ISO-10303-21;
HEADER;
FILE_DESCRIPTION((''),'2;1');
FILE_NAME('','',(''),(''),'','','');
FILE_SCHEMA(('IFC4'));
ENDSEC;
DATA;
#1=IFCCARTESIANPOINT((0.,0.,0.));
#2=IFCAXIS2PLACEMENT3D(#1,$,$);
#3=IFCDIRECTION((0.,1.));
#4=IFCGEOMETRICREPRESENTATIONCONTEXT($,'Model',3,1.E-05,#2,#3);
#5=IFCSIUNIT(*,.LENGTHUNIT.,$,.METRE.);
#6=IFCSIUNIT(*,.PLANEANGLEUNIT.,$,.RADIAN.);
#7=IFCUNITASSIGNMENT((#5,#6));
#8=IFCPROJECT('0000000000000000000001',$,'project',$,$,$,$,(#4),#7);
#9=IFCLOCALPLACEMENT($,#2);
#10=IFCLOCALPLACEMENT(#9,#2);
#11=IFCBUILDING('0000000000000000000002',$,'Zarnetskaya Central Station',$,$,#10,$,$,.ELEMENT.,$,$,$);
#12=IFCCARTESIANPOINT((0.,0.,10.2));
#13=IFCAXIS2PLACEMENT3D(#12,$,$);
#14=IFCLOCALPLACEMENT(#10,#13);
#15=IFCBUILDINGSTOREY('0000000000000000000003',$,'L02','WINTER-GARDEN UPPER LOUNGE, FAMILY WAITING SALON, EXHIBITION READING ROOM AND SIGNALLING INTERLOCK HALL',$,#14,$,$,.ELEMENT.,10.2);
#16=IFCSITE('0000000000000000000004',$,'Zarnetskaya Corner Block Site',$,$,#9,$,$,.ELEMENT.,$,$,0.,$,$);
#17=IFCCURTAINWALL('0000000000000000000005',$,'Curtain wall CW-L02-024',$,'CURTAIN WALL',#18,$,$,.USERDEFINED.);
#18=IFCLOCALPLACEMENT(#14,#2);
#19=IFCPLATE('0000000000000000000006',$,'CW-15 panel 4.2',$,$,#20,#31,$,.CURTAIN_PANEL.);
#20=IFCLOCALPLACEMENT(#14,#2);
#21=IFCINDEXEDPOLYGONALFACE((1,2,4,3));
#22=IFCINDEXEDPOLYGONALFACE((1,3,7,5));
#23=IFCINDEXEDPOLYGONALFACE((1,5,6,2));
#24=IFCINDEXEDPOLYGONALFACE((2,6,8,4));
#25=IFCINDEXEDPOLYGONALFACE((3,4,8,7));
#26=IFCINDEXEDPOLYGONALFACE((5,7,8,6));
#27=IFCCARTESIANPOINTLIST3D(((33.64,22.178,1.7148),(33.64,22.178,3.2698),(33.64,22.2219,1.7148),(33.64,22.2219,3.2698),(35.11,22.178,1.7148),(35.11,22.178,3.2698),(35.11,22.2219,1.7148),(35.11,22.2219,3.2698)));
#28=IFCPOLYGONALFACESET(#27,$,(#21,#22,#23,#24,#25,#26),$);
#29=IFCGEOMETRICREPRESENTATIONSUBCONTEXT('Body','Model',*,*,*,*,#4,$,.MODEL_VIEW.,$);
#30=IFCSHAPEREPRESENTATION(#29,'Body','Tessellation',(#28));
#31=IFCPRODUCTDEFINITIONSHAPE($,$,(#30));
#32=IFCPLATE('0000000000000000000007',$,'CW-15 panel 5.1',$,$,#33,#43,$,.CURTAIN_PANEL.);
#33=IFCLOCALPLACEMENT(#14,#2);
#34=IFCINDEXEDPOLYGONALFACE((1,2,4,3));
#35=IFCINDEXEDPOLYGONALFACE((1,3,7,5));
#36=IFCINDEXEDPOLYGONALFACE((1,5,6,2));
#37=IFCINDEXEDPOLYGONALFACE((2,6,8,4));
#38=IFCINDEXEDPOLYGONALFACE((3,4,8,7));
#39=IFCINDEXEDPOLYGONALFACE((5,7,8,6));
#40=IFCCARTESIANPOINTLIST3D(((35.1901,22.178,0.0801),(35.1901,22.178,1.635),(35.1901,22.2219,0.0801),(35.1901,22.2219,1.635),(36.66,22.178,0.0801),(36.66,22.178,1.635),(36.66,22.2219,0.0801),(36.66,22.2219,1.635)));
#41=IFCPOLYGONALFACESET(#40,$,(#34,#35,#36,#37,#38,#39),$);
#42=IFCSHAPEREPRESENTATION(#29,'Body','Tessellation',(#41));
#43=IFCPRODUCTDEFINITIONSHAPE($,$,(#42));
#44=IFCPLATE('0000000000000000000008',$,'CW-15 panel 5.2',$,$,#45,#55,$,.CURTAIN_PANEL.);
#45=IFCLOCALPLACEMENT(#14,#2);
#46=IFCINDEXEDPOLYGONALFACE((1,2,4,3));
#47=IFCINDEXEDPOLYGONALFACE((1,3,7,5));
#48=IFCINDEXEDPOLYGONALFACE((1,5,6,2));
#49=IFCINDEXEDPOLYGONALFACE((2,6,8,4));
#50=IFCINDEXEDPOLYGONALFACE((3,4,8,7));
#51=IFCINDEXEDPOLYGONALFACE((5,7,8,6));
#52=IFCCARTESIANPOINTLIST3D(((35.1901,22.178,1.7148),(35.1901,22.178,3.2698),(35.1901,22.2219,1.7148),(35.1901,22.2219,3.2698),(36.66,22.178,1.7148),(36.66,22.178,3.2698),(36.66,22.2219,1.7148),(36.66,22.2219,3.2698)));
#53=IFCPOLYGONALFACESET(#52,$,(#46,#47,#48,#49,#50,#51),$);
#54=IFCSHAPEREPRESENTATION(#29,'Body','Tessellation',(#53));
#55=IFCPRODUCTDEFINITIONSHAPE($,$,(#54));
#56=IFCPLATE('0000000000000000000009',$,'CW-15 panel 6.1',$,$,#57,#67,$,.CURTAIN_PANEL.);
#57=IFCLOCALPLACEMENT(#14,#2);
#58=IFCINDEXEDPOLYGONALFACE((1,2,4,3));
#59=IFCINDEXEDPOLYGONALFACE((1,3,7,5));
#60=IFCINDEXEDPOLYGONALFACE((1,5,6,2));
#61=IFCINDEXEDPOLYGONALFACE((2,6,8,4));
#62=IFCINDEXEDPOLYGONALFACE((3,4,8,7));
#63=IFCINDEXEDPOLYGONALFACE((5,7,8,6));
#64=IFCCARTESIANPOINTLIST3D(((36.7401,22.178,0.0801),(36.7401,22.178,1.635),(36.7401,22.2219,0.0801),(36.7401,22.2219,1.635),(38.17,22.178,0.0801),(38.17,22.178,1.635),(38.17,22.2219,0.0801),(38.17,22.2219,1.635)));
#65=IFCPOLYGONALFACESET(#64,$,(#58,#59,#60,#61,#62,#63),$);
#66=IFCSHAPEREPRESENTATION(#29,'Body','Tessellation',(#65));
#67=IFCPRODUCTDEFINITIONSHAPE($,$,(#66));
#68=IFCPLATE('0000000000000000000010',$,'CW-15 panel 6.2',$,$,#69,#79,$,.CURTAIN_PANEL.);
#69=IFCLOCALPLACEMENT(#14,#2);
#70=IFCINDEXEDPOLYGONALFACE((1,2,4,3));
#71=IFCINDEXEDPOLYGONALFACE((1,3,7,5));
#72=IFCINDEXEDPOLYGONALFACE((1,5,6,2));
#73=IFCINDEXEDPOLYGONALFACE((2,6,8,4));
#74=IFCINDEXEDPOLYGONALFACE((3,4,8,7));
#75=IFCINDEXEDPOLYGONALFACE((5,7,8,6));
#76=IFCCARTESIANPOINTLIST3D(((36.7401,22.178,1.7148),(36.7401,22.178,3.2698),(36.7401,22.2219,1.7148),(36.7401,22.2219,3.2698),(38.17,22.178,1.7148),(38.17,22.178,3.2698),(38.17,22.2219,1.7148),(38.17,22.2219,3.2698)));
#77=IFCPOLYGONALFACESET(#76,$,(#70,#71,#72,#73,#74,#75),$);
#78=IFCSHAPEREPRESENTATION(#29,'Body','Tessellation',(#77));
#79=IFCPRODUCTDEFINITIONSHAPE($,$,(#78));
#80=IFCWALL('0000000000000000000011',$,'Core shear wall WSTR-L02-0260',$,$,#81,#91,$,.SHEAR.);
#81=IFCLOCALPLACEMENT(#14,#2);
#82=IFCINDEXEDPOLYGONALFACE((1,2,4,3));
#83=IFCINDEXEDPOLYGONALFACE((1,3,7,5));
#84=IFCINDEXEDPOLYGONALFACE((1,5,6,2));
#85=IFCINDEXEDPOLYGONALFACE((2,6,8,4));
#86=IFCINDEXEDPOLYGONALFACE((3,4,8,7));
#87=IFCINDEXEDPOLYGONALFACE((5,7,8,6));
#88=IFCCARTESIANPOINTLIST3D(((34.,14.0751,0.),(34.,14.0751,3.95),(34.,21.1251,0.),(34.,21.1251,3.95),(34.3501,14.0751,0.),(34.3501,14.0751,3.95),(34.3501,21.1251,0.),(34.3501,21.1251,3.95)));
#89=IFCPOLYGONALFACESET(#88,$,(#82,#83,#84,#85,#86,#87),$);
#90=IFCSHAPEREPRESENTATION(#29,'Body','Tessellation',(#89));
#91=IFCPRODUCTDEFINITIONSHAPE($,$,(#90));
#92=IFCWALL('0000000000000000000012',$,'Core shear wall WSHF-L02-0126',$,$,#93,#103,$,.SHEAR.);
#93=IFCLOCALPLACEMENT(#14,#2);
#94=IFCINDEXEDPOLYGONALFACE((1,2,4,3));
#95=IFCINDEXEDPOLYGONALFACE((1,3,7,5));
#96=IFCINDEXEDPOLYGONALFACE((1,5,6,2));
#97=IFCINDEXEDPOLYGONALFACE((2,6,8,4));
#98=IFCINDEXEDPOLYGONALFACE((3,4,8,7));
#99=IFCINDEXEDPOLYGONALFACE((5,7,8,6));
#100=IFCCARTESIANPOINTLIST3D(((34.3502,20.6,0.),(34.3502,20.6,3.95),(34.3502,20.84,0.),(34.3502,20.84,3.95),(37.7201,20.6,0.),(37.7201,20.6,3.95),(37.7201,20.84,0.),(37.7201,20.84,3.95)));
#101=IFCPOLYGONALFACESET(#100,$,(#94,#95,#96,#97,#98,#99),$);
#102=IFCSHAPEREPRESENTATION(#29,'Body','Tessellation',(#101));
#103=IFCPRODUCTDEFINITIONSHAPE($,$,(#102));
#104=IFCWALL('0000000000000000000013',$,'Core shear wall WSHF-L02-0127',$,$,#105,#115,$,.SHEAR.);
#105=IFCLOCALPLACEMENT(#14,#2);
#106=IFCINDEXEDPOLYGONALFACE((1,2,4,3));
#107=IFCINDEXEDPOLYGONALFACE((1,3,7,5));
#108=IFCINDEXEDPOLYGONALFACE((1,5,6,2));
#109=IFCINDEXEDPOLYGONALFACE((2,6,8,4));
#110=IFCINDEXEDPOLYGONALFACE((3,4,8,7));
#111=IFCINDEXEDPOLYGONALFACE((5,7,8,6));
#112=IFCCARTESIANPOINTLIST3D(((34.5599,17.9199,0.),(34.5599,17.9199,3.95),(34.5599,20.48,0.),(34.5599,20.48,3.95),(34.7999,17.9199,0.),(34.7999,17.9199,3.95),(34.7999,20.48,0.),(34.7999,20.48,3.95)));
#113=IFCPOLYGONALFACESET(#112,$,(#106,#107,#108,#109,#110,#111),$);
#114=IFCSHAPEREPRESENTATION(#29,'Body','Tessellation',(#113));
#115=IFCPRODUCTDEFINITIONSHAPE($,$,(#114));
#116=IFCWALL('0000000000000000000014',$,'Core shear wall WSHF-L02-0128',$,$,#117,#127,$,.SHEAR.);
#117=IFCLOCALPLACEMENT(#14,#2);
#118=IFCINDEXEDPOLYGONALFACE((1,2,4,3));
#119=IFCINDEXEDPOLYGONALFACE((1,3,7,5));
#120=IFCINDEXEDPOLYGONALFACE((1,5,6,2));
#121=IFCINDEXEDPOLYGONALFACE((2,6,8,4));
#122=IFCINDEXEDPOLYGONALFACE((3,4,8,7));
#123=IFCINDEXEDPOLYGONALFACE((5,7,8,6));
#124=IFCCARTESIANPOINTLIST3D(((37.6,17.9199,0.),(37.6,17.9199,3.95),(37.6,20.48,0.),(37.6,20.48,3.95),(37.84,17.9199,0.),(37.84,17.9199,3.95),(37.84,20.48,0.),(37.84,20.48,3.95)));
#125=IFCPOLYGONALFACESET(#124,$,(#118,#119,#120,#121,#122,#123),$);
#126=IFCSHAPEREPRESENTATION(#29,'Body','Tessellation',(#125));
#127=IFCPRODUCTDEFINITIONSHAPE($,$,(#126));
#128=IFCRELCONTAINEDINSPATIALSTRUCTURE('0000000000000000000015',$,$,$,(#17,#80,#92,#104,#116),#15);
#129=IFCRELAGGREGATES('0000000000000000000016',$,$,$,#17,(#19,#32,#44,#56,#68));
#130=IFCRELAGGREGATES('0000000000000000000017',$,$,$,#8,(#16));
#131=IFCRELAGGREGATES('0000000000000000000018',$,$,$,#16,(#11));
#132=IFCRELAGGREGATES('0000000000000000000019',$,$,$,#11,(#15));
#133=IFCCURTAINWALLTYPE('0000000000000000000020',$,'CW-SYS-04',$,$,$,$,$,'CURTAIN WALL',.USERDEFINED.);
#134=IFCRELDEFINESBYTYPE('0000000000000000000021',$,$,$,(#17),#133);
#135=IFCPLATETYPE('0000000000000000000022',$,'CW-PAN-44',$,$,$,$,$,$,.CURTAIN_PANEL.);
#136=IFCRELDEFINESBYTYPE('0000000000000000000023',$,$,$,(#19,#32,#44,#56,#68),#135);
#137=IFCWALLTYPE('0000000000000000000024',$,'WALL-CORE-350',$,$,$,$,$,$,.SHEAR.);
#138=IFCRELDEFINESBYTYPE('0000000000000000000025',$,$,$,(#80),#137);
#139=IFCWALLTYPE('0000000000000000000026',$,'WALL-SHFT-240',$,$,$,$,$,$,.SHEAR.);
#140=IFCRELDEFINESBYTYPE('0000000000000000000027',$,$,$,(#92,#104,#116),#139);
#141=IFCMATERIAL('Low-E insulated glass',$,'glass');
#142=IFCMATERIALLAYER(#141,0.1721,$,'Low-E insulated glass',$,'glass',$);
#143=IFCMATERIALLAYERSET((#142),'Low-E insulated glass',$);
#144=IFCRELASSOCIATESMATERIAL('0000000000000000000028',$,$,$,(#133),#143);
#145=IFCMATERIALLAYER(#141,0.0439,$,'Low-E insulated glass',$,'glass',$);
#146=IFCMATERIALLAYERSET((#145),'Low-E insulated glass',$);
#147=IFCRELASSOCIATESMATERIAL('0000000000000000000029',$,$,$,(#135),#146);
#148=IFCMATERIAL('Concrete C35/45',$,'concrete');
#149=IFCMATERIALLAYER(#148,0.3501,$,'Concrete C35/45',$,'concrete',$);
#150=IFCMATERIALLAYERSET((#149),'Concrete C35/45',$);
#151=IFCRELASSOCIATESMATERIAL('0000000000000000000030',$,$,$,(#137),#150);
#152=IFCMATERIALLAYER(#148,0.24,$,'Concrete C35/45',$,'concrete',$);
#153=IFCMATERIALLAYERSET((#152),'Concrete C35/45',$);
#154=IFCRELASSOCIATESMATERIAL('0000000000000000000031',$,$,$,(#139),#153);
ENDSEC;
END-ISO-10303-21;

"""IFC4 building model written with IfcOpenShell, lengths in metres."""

from ifc_helpers import new_model, si_unit, direction, frame, frame_2d, origin, origin_2d, place, context, subcontext, project, spatial, rectangle, extrude, material, layer, layer_set, type_object, element, aggregate, save


model = new_model("IFC4")

# Units and contexts
model_context = context("Model", 3, precision=1e-05, world=origin(), true_north=direction((0.0, 1.0)))
body_context = subcontext(model_context, "Body", "Model", "MODEL_VIEW")
ifc_project = project(units=[si_unit("LENGTHUNIT", "METRE"), si_unit("PLANEANGLEUNIT", "RADIAN")], contexts=[model_context])

# Site, building, storey
site_placement = place(None, origin())
site = spatial("IfcSite", under=ifc_project, at=site_placement, Name="Zarnetskaya Corner Block Site", CompositionType="ELEMENT", RefElevation=0.0)
building_placement = place(site_placement, origin())
building = spatial("IfcBuilding", under=site, at=building_placement, Name="Zarnetskaya Central Station", CompositionType="ELEMENT")
storey_placement = place(building_placement, frame((0.0, 0.0, 10.2)))
storey = spatial("IfcBuildingStorey", under=building, at=storey_placement, Name="L02", Description="WINTER-GARDEN UPPER LOUNGE, FAMILY WAITING SALON, EXHIBITION READING ROOM AND SIGNALLING INTERLOCK HALL", CompositionType="ELEMENT", Elevation=10.2)

# Curtain wall, plates
ifc_material_1 = material(Name="Low-E insulated glass", Category="glass")
ifc_layer_1 = layer(ifc_material_1, 0.1721, Name="Low-E insulated glass", Category="glass")
ifc_layer_set_1 = layer_set([ifc_layer_1], Name="Low-E insulated glass")
curtain_wall_type = type_object("IfcCurtainWallType", Name="CW-SYS-04", ElementType="CURTAIN WALL", PredefinedType="USERDEFINED", material=ifc_layer_set_1)
curtain_wall_placement = place(storey_placement, origin())
curtain_wall = element("IfcCurtainWall", 1, at=curtain_wall_placement, inside=storey, type_object=curtain_wall_type, Name="Curtain wall CW-L02-024", ObjectType="CURTAIN WALL", PredefinedType="USERDEFINED")
ifc_layer_2 = layer(ifc_material_1, 0.0439, Name="Low-E insulated glass", Category="glass")
ifc_layer_set_2 = layer_set([ifc_layer_2], Name="Low-E insulated glass")
plate_type = type_object("IfcPlateType", Name="CW-PAN-44", PredefinedType="CURTAIN_PANEL", material=ifc_layer_set_2)
plate_1_placement = place(storey_placement, frame((34.375, 22.2, 1.7148), z_axis=(0.0, 0.0, 1.0), x_axis=(1.0, 0.0, 0.0)))
plate_1 = element("IfcPlate", 2, at=plate_1_placement, type_object=plate_type, Name="CW-15 panel 4.2", PredefinedType="CURTAIN_PANEL", context=body_context, shape_type="SweptSolid", body=[
    extrude(rectangle(XDim=1.47, YDim=0.0439, at=origin_2d()), origin(), (0.0, 0.0, 1.0), 1.5549),
])
plate_2_placement = place(storey_placement, frame((35.925, 22.2, 0.0801), z_axis=(0.0, 0.0, 1.0), x_axis=(1.0, 0.0, 0.0)))
plate_2 = element("IfcPlate", 3, at=plate_2_placement, type_object=plate_type, Name="CW-15 panel 5.1", PredefinedType="CURTAIN_PANEL", context=body_context, shape_type="SweptSolid", body=[
    extrude(rectangle(XDim=1.47, YDim=0.0439, at=origin_2d()), origin(), (0.0, 0.0, 1.0), 1.5549),
])
plate_3_placement = place(storey_placement, frame((35.925, 22.2, 1.7148), z_axis=(0.0, 0.0, 1.0), x_axis=(1.0, 0.0, 0.0)))
plate_3 = element("IfcPlate", 4, at=plate_3_placement, type_object=plate_type, Name="CW-15 panel 5.2", PredefinedType="CURTAIN_PANEL", context=body_context, shape_type="SweptSolid", body=[
    extrude(rectangle(XDim=1.47, YDim=0.0439, at=origin_2d()), origin(), (0.0, 0.0, 1.0), 1.5549),
])
plate_4_placement = place(storey_placement, frame((37.4551, 22.2, 0.0801), z_axis=(0.0, 0.0, 1.0), x_axis=(1.0, 0.0, 0.0)))
plate_4 = element("IfcPlate", 5, at=plate_4_placement, type_object=plate_type, Name="CW-15 panel 6.1", PredefinedType="CURTAIN_PANEL", context=body_context, shape_type="SweptSolid", body=[
    extrude(rectangle(XDim=1.4299, YDim=0.0439, at=origin_2d()), origin(), (0.0, 0.0, 1.0), 1.5549),
])
plate_5_placement = place(storey_placement, frame((37.4551, 22.2, 1.7148), z_axis=(0.0, 0.0, 1.0), x_axis=(1.0, 0.0, 0.0)))
plate_5 = element("IfcPlate", 6, at=plate_5_placement, type_object=plate_type, Name="CW-15 panel 6.2", PredefinedType="CURTAIN_PANEL", context=body_context, shape_type="SweptSolid", body=[
    extrude(rectangle(XDim=1.4299, YDim=0.0439, at=origin_2d()), origin(), (0.0, 0.0, 1.0), 1.5549),
])
aggregate(curtain_wall, [plate_1, plate_2, plate_3, plate_4, plate_5])

# Wall
ifc_material_2 = material(Name="Concrete C35/45", Category="concrete")
ifc_layer_3 = layer(ifc_material_2, 0.3501, Name="Concrete C35/45", Category="concrete")
ifc_layer_set_3 = layer_set([ifc_layer_3], Name="Concrete C35/45")
wall_type_1 = type_object("IfcWallType", Name="WALL-CORE-350", PredefinedType="SHEAR", material=ifc_layer_set_3)
wall_1_placement = place(storey_placement, frame((34.175, 21.125, 0.0), z_axis=(0.0, 0.0, 1.0), x_axis=(0.0, -1.0, 0.0)))
element("IfcWall", 7, at=wall_1_placement, inside=storey, type_object=wall_type_1, Name="Core shear wall WSTR-L02-0260", PredefinedType="SHEAR", context=body_context, shape_type="SweptSolid", body=[
    extrude(rectangle(XDim=7.05, YDim=0.3501, at=frame_2d((3.5249, 0.0))), origin(), (0.0, 0.0, 1.0), 3.95),
])

# Shared definitions
ifc_layer_4 = layer(ifc_material_2, 0.24, Name="Concrete C35/45", Category="concrete")
ifc_layer_set_4 = layer_set([ifc_layer_4], Name="Concrete C35/45")
wall_type_2 = type_object("IfcWallType", Name="WALL-SHFT-240", PredefinedType="SHEAR", material=ifc_layer_set_4)

# Walls
wall_2_placement = place(storey_placement, frame((34.3501, 20.72, 0.0), z_axis=(0.0, 0.0, 1.0), x_axis=(1.0, 0.0, 0.0)))
element("IfcWall", 8, at=wall_2_placement, inside=storey, type_object=wall_type_2, Name="Core shear wall WSHF-L02-0126", PredefinedType="SHEAR", context=body_context, shape_type="SweptSolid", body=[
    extrude(rectangle(XDim=3.3699, YDim=0.24, at=frame_2d((1.6851, 0.0))), origin(), (0.0, 0.0, 1.0), 3.95),
])
for number, where, z_axis, x_axis, name in (
    (9, (34.6799, 17.9199, 0.0), (0.0, 0.0, 1.0), (0.0, 1.0, 0.0), "Core shear wall WSHF-L02-0127"),
    (10, (37.72, 20.48, 0.0), (0.0, 0.0, 1.0), (0.0, -1.0, 0.0), "Core shear wall WSHF-L02-0128"),
):
    element("IfcWall", number, at=place(storey_placement, frame(where, z_axis=z_axis, x_axis=x_axis)), inside=storey, type_object=wall_type_2, Name=name, PredefinedType="SHEAR", context=body_context, shape_type="SweptSolid", body=[
        extrude(rectangle(XDim=2.5601, YDim=0.24, at=frame_2d((1.28, 0.0))), origin(), (0.0, 0.0, 1.0), 3.95),
    ])

save(model, "model.ifc")
